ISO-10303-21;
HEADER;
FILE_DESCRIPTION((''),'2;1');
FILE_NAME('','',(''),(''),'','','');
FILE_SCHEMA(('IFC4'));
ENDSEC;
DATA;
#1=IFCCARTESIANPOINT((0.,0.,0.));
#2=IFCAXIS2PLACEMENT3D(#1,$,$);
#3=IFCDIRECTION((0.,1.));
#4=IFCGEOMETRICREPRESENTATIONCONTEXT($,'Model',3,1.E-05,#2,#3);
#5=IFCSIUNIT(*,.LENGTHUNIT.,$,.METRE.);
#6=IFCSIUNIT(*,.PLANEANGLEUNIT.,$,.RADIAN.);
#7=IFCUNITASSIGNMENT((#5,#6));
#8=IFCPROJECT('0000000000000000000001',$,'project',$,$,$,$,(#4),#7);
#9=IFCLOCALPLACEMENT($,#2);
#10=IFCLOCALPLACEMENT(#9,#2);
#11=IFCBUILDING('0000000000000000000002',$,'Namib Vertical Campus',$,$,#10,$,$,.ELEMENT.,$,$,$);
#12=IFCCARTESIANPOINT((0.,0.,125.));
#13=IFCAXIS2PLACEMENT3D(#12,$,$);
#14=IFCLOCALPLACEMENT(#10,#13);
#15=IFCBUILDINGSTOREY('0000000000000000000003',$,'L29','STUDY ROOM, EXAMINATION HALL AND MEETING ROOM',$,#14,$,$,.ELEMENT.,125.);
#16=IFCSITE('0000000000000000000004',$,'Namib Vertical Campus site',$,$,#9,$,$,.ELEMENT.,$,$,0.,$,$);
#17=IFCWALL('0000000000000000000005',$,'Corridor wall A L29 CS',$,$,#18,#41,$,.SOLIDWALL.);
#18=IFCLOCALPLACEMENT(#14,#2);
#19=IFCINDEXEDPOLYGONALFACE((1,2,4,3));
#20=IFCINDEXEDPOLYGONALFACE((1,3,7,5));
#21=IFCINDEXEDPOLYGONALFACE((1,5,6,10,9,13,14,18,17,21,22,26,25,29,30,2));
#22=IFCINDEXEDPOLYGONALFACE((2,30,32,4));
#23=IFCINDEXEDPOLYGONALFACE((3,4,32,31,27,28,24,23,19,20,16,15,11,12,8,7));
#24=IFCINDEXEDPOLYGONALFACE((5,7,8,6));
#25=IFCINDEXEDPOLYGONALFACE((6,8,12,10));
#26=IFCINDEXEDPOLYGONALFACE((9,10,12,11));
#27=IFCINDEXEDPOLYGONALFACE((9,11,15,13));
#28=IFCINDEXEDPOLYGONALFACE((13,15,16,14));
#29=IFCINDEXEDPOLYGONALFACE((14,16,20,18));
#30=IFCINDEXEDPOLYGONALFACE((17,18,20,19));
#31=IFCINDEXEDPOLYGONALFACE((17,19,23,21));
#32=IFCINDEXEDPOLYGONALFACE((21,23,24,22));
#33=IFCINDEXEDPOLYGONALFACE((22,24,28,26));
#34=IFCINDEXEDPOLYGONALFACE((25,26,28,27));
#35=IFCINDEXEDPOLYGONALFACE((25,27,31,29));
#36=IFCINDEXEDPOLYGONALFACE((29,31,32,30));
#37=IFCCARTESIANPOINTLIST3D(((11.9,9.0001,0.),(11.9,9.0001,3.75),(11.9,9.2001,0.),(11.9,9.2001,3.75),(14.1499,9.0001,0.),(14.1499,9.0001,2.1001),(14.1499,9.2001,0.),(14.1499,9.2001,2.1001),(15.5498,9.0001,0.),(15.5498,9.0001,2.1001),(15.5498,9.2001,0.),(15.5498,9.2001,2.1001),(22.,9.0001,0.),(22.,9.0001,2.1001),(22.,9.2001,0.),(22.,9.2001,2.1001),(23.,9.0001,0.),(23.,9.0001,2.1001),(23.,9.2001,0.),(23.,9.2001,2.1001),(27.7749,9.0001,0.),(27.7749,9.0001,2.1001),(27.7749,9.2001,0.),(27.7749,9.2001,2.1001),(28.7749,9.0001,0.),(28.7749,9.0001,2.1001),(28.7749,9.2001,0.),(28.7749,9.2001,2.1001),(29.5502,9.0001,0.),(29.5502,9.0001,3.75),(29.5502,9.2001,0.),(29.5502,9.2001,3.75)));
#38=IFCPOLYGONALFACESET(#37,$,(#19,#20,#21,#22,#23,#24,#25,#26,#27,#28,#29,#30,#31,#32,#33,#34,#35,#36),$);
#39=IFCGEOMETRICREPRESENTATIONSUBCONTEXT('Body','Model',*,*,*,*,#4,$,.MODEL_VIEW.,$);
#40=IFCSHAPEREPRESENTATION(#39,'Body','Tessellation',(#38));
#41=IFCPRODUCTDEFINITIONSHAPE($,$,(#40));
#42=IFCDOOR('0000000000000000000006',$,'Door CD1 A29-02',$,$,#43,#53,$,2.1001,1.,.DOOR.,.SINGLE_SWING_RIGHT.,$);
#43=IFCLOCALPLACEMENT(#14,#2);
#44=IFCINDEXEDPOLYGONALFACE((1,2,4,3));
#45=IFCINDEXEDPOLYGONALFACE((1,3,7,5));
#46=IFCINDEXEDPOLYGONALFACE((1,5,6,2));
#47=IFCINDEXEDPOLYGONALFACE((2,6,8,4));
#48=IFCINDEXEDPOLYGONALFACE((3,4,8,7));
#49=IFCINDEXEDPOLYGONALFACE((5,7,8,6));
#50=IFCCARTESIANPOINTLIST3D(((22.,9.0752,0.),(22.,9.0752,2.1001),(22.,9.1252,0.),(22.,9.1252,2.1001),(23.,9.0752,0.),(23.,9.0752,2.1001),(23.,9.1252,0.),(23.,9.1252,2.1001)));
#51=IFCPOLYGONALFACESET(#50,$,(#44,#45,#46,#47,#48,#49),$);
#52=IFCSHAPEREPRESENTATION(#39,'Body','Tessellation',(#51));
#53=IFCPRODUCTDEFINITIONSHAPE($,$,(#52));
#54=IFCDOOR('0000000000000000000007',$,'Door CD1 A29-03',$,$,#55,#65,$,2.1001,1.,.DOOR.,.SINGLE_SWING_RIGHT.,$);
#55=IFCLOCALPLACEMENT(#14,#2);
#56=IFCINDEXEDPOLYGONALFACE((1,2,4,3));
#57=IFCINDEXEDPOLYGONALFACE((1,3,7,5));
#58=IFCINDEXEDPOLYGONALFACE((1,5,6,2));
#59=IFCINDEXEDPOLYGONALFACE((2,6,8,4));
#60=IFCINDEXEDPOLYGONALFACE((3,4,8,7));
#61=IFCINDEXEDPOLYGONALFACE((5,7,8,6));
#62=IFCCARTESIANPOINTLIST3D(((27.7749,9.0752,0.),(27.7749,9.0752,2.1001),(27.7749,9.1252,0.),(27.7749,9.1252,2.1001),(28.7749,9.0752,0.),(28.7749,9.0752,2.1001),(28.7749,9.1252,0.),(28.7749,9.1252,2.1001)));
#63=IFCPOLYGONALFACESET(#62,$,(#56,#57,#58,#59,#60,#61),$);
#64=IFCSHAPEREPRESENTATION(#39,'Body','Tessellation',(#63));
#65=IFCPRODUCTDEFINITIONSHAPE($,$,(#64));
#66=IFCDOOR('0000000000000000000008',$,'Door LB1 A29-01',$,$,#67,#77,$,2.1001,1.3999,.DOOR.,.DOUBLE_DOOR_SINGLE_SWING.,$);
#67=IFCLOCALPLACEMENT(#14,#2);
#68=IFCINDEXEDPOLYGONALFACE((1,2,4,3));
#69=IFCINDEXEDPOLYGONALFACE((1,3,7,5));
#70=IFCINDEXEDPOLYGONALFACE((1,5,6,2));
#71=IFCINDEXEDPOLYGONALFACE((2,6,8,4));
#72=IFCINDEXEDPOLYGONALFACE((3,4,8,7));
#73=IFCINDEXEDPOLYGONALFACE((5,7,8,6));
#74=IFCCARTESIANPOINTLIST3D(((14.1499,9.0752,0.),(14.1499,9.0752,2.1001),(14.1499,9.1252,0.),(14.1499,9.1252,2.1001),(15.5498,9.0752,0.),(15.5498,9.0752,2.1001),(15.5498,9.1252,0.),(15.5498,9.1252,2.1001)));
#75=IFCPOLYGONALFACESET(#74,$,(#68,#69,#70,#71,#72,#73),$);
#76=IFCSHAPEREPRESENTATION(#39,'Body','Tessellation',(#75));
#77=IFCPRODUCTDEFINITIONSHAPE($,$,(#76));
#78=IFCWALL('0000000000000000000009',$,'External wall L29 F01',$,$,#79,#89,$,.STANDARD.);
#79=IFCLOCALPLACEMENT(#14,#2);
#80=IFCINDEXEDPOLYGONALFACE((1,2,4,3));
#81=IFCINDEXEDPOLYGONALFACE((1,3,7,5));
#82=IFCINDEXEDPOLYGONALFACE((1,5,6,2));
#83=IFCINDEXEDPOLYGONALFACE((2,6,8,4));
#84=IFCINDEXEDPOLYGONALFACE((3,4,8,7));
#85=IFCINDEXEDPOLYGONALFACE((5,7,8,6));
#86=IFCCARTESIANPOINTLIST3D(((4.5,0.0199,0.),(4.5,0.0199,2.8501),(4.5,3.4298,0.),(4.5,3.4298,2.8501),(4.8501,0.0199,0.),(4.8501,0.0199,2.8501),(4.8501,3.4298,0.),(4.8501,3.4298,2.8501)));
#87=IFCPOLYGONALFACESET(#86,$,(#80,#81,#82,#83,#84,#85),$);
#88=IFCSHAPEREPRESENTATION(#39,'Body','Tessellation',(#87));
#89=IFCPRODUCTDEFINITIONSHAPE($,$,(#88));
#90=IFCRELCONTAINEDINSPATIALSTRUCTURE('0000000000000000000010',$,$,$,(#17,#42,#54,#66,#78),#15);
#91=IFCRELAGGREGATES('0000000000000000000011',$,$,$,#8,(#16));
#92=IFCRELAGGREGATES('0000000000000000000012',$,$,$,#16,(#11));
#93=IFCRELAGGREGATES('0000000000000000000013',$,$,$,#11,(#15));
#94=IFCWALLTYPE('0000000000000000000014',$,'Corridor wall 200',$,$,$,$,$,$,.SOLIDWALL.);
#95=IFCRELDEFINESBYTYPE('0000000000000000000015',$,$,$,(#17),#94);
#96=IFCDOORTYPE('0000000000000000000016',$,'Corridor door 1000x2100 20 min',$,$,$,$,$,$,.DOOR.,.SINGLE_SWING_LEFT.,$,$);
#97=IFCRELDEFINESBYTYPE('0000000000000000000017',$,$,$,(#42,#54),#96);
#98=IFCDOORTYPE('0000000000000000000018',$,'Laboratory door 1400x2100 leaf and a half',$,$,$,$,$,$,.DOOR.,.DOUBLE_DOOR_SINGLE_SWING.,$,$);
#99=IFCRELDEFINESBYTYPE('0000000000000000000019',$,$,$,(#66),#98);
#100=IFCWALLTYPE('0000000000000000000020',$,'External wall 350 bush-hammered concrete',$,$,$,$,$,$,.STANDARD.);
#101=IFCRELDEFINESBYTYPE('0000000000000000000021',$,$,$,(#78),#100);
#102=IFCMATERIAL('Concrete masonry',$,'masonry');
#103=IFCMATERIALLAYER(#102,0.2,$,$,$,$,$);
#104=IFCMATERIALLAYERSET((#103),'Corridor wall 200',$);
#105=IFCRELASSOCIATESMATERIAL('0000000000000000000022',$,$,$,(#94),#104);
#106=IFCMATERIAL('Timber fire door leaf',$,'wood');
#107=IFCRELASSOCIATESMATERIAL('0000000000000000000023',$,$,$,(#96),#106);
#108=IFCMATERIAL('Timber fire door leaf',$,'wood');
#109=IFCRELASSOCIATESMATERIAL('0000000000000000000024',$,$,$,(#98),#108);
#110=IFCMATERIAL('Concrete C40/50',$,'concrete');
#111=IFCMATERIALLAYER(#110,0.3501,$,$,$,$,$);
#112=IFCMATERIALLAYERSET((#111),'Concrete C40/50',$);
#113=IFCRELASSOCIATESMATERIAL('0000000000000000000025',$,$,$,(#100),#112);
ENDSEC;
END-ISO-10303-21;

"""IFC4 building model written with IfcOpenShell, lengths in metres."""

from ifc_helpers import new_model, si_unit, direction, frame, frame_2d, origin, place, context, subcontext, project, spatial, rectangle, extrude, material, layer, layer_set, type_object, element, fill, save


model = new_model("IFC4")

# Units and contexts
model_context = context("Model", 3, precision=1e-05, world=origin(), true_north=direction((0.0, 1.0)))
body_context = subcontext(model_context, "Body", "Model", "MODEL_VIEW")
ifc_project = project(units=[si_unit("LENGTHUNIT", "METRE"), si_unit("PLANEANGLEUNIT", "RADIAN")], contexts=[model_context])

# Site, building, storey
site_placement = place(None, origin())
site = spatial("IfcSite", under=ifc_project, at=site_placement, Name="Namib Vertical Campus site", CompositionType="ELEMENT", RefElevation=0.0)
building_placement = place(site_placement, origin())
building = spatial("IfcBuilding", under=site, at=building_placement, Name="Namib Vertical Campus", CompositionType="ELEMENT")
storey_placement = place(building_placement, frame((0.0, 0.0, 125.0)))
storey = spatial("IfcBuildingStorey", under=building, at=storey_placement, Name="L29", Description="STUDY ROOM, EXAMINATION HALL AND MEETING ROOM", CompositionType="ELEMENT", Elevation=125.0)

# Wall, openings, doors
ifc_material_1 = material(Name="Concrete masonry", Category="masonry")
ifc_layer_1 = layer(ifc_material_1, 0.2)
ifc_layer_set_1 = layer_set([ifc_layer_1], Name="Corridor wall 200")
wall_type_1 = type_object("IfcWallType", Name="Corridor wall 200", PredefinedType="SOLIDWALL", material=ifc_layer_set_1)
wall_1_placement = place(storey_placement, frame((11.8999, 9.1001, 0.0), z_axis=(0.0, 0.0, 1.0), x_axis=(1.0, 0.0, 0.0)))
wall_1 = element("IfcWall", 1, at=wall_1_placement, inside=storey, type_object=wall_type_1, Name="Corridor wall A L29 CS", PredefinedType="SOLIDWALL", context=body_context, shape_type="SweptSolid", body=[
    extrude(rectangle(XDim=17.6501, YDim=0.2, at=frame_2d((8.8252, 0.0))), origin(), (0.0, 0.0, 1.0), 3.75),
])
opening_1_placement = place(wall_1_placement, frame((2.25, 0.0, 0.0)))
opening_1 = element("IfcOpeningElement", 2, at=opening_1_placement, cuts=wall_1, PredefinedType="OPENING", context=body_context, shape_type="SweptSolid", body=[
    extrude(rectangle(XDim=1.3999, YDim=2.1001, at=frame_2d((0.7, 1.05))), frame((0.0, 0.1099, 0.0), z_axis=(0.0, -1.0, 0.0), x_axis=(1.0, 0.0, 0.0)), (0.0, 0.0, 1.0), 0.22),
])
opening_2_placement = place(wall_1_placement, frame((10.1001, 0.0, 0.0)))
opening_2 = element("IfcOpeningElement", 3, at=opening_2_placement, cuts=wall_1, PredefinedType="OPENING", context=body_context, shape_type="SweptSolid", body=[
    extrude(rectangle(XDim=1.0, YDim=2.1001, at=frame_2d((0.5, 1.05))), frame((0.0, 0.1099, 0.0), z_axis=(0.0, -1.0, 0.0), x_axis=(1.0, 0.0, 0.0)), (0.0, 0.0, 1.0), 0.22),
])
opening_3_placement = place(wall_1_placement, frame((15.875, 0.0, 0.0)))
opening_3 = element("IfcOpeningElement", 4, at=opening_3_placement, cuts=wall_1, PredefinedType="OPENING", context=body_context, shape_type="SweptSolid", body=[
    extrude(rectangle(XDim=1.0, YDim=2.1001, at=frame_2d((0.5, 1.05))), frame((0.0, 0.1099, 0.0), z_axis=(0.0, -1.0, 0.0), x_axis=(1.0, 0.0, 0.0)), (0.0, 0.0, 1.0), 0.22),
])
ifc_material_2 = material(Name="Timber fire door leaf", Category="wood")
door_type_1 = type_object("IfcDoorType", Name="Corridor door 1000x2100 20 min", OperationType="SINGLE_SWING_LEFT", PredefinedType="DOOR", material=ifc_material_2)
door_1_placement = place(opening_2_placement, frame((1.0, 0.0, 0.0), z_axis=(0.0, 0.0, 1.0), x_axis=(-1.0, 0.0, 0.0)))
door_1 = element("IfcDoor", 5, at=door_1_placement, inside=storey, type_object=door_type_1, Name="Door CD1 A29-02", OperationType="SINGLE_SWING_RIGHT", OverallHeight=2.1001, OverallWidth=1.0, PredefinedType="DOOR", context=body_context, shape_type="SweptSolid", body=[
    extrude(rectangle(XDim=1.0, YDim=2.1001, at=frame_2d((0.5, 1.05))), frame((0.0, 0.0249, 0.0), z_axis=(0.0, -1.0, 0.0), x_axis=(1.0, 0.0, 0.0)), (0.0, 0.0, 1.0), 0.05),
])
fill(opening_2, door_1)
door_2_placement = place(opening_3_placement, frame((1.0, 0.0, 0.0), z_axis=(0.0, 0.0, 1.0), x_axis=(-1.0, 0.0, 0.0)))
door_2 = element("IfcDoor", 6, at=door_2_placement, inside=storey, type_object=door_type_1, Name="Door CD1 A29-03", OperationType="SINGLE_SWING_RIGHT", OverallHeight=2.1001, OverallWidth=1.0, PredefinedType="DOOR", context=body_context, shape_type="SweptSolid", body=[
    extrude(rectangle(XDim=1.0, YDim=2.1001, at=frame_2d((0.5, 1.05))), frame((0.0, 0.0249, 0.0), z_axis=(0.0, -1.0, 0.0), x_axis=(1.0, 0.0, 0.0)), (0.0, 0.0, 1.0), 0.05),
])
fill(opening_3, door_2)
ifc_material_3 = material(Name="Timber fire door leaf", Category="wood")
door_type_2 = type_object("IfcDoorType", Name="Laboratory door 1400x2100 leaf and a half", OperationType="DOUBLE_DOOR_SINGLE_SWING", PredefinedType="DOOR", material=ifc_material_3)
door_3_placement = place(opening_1_placement, frame((1.3999, 0.0, 0.0), z_axis=(0.0, 0.0, 1.0), x_axis=(-1.0, 0.0, 0.0)))
door_3 = element("IfcDoor", 7, at=door_3_placement, inside=storey, type_object=door_type_2, Name="Door LB1 A29-01", OperationType="DOUBLE_DOOR_SINGLE_SWING", OverallHeight=2.1001, OverallWidth=1.3999, PredefinedType="DOOR", context=body_context, shape_type="SweptSolid", body=[
    extrude(rectangle(XDim=1.3999, YDim=2.1001, at=frame_2d((0.7, 1.05))), frame((0.0, 0.0249, 0.0), z_axis=(0.0, -1.0, 0.0), x_axis=(1.0, 0.0, 0.0)), (0.0, 0.0, 1.0), 0.05),
])
fill(opening_1, door_3)

# Wall
ifc_material_4 = material(Name="Concrete C40/50", Category="concrete")
ifc_layer_2 = layer(ifc_material_4, 0.3501)
ifc_layer_set_2 = layer_set([ifc_layer_2], Name="Concrete C40/50")
wall_type_2 = type_object("IfcWallType", Name="External wall 350 bush-hammered concrete", PredefinedType="STANDARD", material=ifc_layer_set_2)
wall_2_placement = place(storey_placement, frame((4.675, 3.4299, 0.0), z_axis=(0.0, 0.0, 1.0), x_axis=(0.0, -1.0, 0.0)))
element("IfcWall", 8, at=wall_2_placement, inside=storey, type_object=wall_type_2, Name="External wall L29 F01", PredefinedType="STANDARD", context=body_context, shape_type="SweptSolid", body=[
    extrude(rectangle(XDim=3.4099, YDim=0.3501, at=frame_2d((1.7051, 0.0))), origin(), (0.0, 0.0, 1.0), 2.8501),
])

save(model, "model.ifc")
